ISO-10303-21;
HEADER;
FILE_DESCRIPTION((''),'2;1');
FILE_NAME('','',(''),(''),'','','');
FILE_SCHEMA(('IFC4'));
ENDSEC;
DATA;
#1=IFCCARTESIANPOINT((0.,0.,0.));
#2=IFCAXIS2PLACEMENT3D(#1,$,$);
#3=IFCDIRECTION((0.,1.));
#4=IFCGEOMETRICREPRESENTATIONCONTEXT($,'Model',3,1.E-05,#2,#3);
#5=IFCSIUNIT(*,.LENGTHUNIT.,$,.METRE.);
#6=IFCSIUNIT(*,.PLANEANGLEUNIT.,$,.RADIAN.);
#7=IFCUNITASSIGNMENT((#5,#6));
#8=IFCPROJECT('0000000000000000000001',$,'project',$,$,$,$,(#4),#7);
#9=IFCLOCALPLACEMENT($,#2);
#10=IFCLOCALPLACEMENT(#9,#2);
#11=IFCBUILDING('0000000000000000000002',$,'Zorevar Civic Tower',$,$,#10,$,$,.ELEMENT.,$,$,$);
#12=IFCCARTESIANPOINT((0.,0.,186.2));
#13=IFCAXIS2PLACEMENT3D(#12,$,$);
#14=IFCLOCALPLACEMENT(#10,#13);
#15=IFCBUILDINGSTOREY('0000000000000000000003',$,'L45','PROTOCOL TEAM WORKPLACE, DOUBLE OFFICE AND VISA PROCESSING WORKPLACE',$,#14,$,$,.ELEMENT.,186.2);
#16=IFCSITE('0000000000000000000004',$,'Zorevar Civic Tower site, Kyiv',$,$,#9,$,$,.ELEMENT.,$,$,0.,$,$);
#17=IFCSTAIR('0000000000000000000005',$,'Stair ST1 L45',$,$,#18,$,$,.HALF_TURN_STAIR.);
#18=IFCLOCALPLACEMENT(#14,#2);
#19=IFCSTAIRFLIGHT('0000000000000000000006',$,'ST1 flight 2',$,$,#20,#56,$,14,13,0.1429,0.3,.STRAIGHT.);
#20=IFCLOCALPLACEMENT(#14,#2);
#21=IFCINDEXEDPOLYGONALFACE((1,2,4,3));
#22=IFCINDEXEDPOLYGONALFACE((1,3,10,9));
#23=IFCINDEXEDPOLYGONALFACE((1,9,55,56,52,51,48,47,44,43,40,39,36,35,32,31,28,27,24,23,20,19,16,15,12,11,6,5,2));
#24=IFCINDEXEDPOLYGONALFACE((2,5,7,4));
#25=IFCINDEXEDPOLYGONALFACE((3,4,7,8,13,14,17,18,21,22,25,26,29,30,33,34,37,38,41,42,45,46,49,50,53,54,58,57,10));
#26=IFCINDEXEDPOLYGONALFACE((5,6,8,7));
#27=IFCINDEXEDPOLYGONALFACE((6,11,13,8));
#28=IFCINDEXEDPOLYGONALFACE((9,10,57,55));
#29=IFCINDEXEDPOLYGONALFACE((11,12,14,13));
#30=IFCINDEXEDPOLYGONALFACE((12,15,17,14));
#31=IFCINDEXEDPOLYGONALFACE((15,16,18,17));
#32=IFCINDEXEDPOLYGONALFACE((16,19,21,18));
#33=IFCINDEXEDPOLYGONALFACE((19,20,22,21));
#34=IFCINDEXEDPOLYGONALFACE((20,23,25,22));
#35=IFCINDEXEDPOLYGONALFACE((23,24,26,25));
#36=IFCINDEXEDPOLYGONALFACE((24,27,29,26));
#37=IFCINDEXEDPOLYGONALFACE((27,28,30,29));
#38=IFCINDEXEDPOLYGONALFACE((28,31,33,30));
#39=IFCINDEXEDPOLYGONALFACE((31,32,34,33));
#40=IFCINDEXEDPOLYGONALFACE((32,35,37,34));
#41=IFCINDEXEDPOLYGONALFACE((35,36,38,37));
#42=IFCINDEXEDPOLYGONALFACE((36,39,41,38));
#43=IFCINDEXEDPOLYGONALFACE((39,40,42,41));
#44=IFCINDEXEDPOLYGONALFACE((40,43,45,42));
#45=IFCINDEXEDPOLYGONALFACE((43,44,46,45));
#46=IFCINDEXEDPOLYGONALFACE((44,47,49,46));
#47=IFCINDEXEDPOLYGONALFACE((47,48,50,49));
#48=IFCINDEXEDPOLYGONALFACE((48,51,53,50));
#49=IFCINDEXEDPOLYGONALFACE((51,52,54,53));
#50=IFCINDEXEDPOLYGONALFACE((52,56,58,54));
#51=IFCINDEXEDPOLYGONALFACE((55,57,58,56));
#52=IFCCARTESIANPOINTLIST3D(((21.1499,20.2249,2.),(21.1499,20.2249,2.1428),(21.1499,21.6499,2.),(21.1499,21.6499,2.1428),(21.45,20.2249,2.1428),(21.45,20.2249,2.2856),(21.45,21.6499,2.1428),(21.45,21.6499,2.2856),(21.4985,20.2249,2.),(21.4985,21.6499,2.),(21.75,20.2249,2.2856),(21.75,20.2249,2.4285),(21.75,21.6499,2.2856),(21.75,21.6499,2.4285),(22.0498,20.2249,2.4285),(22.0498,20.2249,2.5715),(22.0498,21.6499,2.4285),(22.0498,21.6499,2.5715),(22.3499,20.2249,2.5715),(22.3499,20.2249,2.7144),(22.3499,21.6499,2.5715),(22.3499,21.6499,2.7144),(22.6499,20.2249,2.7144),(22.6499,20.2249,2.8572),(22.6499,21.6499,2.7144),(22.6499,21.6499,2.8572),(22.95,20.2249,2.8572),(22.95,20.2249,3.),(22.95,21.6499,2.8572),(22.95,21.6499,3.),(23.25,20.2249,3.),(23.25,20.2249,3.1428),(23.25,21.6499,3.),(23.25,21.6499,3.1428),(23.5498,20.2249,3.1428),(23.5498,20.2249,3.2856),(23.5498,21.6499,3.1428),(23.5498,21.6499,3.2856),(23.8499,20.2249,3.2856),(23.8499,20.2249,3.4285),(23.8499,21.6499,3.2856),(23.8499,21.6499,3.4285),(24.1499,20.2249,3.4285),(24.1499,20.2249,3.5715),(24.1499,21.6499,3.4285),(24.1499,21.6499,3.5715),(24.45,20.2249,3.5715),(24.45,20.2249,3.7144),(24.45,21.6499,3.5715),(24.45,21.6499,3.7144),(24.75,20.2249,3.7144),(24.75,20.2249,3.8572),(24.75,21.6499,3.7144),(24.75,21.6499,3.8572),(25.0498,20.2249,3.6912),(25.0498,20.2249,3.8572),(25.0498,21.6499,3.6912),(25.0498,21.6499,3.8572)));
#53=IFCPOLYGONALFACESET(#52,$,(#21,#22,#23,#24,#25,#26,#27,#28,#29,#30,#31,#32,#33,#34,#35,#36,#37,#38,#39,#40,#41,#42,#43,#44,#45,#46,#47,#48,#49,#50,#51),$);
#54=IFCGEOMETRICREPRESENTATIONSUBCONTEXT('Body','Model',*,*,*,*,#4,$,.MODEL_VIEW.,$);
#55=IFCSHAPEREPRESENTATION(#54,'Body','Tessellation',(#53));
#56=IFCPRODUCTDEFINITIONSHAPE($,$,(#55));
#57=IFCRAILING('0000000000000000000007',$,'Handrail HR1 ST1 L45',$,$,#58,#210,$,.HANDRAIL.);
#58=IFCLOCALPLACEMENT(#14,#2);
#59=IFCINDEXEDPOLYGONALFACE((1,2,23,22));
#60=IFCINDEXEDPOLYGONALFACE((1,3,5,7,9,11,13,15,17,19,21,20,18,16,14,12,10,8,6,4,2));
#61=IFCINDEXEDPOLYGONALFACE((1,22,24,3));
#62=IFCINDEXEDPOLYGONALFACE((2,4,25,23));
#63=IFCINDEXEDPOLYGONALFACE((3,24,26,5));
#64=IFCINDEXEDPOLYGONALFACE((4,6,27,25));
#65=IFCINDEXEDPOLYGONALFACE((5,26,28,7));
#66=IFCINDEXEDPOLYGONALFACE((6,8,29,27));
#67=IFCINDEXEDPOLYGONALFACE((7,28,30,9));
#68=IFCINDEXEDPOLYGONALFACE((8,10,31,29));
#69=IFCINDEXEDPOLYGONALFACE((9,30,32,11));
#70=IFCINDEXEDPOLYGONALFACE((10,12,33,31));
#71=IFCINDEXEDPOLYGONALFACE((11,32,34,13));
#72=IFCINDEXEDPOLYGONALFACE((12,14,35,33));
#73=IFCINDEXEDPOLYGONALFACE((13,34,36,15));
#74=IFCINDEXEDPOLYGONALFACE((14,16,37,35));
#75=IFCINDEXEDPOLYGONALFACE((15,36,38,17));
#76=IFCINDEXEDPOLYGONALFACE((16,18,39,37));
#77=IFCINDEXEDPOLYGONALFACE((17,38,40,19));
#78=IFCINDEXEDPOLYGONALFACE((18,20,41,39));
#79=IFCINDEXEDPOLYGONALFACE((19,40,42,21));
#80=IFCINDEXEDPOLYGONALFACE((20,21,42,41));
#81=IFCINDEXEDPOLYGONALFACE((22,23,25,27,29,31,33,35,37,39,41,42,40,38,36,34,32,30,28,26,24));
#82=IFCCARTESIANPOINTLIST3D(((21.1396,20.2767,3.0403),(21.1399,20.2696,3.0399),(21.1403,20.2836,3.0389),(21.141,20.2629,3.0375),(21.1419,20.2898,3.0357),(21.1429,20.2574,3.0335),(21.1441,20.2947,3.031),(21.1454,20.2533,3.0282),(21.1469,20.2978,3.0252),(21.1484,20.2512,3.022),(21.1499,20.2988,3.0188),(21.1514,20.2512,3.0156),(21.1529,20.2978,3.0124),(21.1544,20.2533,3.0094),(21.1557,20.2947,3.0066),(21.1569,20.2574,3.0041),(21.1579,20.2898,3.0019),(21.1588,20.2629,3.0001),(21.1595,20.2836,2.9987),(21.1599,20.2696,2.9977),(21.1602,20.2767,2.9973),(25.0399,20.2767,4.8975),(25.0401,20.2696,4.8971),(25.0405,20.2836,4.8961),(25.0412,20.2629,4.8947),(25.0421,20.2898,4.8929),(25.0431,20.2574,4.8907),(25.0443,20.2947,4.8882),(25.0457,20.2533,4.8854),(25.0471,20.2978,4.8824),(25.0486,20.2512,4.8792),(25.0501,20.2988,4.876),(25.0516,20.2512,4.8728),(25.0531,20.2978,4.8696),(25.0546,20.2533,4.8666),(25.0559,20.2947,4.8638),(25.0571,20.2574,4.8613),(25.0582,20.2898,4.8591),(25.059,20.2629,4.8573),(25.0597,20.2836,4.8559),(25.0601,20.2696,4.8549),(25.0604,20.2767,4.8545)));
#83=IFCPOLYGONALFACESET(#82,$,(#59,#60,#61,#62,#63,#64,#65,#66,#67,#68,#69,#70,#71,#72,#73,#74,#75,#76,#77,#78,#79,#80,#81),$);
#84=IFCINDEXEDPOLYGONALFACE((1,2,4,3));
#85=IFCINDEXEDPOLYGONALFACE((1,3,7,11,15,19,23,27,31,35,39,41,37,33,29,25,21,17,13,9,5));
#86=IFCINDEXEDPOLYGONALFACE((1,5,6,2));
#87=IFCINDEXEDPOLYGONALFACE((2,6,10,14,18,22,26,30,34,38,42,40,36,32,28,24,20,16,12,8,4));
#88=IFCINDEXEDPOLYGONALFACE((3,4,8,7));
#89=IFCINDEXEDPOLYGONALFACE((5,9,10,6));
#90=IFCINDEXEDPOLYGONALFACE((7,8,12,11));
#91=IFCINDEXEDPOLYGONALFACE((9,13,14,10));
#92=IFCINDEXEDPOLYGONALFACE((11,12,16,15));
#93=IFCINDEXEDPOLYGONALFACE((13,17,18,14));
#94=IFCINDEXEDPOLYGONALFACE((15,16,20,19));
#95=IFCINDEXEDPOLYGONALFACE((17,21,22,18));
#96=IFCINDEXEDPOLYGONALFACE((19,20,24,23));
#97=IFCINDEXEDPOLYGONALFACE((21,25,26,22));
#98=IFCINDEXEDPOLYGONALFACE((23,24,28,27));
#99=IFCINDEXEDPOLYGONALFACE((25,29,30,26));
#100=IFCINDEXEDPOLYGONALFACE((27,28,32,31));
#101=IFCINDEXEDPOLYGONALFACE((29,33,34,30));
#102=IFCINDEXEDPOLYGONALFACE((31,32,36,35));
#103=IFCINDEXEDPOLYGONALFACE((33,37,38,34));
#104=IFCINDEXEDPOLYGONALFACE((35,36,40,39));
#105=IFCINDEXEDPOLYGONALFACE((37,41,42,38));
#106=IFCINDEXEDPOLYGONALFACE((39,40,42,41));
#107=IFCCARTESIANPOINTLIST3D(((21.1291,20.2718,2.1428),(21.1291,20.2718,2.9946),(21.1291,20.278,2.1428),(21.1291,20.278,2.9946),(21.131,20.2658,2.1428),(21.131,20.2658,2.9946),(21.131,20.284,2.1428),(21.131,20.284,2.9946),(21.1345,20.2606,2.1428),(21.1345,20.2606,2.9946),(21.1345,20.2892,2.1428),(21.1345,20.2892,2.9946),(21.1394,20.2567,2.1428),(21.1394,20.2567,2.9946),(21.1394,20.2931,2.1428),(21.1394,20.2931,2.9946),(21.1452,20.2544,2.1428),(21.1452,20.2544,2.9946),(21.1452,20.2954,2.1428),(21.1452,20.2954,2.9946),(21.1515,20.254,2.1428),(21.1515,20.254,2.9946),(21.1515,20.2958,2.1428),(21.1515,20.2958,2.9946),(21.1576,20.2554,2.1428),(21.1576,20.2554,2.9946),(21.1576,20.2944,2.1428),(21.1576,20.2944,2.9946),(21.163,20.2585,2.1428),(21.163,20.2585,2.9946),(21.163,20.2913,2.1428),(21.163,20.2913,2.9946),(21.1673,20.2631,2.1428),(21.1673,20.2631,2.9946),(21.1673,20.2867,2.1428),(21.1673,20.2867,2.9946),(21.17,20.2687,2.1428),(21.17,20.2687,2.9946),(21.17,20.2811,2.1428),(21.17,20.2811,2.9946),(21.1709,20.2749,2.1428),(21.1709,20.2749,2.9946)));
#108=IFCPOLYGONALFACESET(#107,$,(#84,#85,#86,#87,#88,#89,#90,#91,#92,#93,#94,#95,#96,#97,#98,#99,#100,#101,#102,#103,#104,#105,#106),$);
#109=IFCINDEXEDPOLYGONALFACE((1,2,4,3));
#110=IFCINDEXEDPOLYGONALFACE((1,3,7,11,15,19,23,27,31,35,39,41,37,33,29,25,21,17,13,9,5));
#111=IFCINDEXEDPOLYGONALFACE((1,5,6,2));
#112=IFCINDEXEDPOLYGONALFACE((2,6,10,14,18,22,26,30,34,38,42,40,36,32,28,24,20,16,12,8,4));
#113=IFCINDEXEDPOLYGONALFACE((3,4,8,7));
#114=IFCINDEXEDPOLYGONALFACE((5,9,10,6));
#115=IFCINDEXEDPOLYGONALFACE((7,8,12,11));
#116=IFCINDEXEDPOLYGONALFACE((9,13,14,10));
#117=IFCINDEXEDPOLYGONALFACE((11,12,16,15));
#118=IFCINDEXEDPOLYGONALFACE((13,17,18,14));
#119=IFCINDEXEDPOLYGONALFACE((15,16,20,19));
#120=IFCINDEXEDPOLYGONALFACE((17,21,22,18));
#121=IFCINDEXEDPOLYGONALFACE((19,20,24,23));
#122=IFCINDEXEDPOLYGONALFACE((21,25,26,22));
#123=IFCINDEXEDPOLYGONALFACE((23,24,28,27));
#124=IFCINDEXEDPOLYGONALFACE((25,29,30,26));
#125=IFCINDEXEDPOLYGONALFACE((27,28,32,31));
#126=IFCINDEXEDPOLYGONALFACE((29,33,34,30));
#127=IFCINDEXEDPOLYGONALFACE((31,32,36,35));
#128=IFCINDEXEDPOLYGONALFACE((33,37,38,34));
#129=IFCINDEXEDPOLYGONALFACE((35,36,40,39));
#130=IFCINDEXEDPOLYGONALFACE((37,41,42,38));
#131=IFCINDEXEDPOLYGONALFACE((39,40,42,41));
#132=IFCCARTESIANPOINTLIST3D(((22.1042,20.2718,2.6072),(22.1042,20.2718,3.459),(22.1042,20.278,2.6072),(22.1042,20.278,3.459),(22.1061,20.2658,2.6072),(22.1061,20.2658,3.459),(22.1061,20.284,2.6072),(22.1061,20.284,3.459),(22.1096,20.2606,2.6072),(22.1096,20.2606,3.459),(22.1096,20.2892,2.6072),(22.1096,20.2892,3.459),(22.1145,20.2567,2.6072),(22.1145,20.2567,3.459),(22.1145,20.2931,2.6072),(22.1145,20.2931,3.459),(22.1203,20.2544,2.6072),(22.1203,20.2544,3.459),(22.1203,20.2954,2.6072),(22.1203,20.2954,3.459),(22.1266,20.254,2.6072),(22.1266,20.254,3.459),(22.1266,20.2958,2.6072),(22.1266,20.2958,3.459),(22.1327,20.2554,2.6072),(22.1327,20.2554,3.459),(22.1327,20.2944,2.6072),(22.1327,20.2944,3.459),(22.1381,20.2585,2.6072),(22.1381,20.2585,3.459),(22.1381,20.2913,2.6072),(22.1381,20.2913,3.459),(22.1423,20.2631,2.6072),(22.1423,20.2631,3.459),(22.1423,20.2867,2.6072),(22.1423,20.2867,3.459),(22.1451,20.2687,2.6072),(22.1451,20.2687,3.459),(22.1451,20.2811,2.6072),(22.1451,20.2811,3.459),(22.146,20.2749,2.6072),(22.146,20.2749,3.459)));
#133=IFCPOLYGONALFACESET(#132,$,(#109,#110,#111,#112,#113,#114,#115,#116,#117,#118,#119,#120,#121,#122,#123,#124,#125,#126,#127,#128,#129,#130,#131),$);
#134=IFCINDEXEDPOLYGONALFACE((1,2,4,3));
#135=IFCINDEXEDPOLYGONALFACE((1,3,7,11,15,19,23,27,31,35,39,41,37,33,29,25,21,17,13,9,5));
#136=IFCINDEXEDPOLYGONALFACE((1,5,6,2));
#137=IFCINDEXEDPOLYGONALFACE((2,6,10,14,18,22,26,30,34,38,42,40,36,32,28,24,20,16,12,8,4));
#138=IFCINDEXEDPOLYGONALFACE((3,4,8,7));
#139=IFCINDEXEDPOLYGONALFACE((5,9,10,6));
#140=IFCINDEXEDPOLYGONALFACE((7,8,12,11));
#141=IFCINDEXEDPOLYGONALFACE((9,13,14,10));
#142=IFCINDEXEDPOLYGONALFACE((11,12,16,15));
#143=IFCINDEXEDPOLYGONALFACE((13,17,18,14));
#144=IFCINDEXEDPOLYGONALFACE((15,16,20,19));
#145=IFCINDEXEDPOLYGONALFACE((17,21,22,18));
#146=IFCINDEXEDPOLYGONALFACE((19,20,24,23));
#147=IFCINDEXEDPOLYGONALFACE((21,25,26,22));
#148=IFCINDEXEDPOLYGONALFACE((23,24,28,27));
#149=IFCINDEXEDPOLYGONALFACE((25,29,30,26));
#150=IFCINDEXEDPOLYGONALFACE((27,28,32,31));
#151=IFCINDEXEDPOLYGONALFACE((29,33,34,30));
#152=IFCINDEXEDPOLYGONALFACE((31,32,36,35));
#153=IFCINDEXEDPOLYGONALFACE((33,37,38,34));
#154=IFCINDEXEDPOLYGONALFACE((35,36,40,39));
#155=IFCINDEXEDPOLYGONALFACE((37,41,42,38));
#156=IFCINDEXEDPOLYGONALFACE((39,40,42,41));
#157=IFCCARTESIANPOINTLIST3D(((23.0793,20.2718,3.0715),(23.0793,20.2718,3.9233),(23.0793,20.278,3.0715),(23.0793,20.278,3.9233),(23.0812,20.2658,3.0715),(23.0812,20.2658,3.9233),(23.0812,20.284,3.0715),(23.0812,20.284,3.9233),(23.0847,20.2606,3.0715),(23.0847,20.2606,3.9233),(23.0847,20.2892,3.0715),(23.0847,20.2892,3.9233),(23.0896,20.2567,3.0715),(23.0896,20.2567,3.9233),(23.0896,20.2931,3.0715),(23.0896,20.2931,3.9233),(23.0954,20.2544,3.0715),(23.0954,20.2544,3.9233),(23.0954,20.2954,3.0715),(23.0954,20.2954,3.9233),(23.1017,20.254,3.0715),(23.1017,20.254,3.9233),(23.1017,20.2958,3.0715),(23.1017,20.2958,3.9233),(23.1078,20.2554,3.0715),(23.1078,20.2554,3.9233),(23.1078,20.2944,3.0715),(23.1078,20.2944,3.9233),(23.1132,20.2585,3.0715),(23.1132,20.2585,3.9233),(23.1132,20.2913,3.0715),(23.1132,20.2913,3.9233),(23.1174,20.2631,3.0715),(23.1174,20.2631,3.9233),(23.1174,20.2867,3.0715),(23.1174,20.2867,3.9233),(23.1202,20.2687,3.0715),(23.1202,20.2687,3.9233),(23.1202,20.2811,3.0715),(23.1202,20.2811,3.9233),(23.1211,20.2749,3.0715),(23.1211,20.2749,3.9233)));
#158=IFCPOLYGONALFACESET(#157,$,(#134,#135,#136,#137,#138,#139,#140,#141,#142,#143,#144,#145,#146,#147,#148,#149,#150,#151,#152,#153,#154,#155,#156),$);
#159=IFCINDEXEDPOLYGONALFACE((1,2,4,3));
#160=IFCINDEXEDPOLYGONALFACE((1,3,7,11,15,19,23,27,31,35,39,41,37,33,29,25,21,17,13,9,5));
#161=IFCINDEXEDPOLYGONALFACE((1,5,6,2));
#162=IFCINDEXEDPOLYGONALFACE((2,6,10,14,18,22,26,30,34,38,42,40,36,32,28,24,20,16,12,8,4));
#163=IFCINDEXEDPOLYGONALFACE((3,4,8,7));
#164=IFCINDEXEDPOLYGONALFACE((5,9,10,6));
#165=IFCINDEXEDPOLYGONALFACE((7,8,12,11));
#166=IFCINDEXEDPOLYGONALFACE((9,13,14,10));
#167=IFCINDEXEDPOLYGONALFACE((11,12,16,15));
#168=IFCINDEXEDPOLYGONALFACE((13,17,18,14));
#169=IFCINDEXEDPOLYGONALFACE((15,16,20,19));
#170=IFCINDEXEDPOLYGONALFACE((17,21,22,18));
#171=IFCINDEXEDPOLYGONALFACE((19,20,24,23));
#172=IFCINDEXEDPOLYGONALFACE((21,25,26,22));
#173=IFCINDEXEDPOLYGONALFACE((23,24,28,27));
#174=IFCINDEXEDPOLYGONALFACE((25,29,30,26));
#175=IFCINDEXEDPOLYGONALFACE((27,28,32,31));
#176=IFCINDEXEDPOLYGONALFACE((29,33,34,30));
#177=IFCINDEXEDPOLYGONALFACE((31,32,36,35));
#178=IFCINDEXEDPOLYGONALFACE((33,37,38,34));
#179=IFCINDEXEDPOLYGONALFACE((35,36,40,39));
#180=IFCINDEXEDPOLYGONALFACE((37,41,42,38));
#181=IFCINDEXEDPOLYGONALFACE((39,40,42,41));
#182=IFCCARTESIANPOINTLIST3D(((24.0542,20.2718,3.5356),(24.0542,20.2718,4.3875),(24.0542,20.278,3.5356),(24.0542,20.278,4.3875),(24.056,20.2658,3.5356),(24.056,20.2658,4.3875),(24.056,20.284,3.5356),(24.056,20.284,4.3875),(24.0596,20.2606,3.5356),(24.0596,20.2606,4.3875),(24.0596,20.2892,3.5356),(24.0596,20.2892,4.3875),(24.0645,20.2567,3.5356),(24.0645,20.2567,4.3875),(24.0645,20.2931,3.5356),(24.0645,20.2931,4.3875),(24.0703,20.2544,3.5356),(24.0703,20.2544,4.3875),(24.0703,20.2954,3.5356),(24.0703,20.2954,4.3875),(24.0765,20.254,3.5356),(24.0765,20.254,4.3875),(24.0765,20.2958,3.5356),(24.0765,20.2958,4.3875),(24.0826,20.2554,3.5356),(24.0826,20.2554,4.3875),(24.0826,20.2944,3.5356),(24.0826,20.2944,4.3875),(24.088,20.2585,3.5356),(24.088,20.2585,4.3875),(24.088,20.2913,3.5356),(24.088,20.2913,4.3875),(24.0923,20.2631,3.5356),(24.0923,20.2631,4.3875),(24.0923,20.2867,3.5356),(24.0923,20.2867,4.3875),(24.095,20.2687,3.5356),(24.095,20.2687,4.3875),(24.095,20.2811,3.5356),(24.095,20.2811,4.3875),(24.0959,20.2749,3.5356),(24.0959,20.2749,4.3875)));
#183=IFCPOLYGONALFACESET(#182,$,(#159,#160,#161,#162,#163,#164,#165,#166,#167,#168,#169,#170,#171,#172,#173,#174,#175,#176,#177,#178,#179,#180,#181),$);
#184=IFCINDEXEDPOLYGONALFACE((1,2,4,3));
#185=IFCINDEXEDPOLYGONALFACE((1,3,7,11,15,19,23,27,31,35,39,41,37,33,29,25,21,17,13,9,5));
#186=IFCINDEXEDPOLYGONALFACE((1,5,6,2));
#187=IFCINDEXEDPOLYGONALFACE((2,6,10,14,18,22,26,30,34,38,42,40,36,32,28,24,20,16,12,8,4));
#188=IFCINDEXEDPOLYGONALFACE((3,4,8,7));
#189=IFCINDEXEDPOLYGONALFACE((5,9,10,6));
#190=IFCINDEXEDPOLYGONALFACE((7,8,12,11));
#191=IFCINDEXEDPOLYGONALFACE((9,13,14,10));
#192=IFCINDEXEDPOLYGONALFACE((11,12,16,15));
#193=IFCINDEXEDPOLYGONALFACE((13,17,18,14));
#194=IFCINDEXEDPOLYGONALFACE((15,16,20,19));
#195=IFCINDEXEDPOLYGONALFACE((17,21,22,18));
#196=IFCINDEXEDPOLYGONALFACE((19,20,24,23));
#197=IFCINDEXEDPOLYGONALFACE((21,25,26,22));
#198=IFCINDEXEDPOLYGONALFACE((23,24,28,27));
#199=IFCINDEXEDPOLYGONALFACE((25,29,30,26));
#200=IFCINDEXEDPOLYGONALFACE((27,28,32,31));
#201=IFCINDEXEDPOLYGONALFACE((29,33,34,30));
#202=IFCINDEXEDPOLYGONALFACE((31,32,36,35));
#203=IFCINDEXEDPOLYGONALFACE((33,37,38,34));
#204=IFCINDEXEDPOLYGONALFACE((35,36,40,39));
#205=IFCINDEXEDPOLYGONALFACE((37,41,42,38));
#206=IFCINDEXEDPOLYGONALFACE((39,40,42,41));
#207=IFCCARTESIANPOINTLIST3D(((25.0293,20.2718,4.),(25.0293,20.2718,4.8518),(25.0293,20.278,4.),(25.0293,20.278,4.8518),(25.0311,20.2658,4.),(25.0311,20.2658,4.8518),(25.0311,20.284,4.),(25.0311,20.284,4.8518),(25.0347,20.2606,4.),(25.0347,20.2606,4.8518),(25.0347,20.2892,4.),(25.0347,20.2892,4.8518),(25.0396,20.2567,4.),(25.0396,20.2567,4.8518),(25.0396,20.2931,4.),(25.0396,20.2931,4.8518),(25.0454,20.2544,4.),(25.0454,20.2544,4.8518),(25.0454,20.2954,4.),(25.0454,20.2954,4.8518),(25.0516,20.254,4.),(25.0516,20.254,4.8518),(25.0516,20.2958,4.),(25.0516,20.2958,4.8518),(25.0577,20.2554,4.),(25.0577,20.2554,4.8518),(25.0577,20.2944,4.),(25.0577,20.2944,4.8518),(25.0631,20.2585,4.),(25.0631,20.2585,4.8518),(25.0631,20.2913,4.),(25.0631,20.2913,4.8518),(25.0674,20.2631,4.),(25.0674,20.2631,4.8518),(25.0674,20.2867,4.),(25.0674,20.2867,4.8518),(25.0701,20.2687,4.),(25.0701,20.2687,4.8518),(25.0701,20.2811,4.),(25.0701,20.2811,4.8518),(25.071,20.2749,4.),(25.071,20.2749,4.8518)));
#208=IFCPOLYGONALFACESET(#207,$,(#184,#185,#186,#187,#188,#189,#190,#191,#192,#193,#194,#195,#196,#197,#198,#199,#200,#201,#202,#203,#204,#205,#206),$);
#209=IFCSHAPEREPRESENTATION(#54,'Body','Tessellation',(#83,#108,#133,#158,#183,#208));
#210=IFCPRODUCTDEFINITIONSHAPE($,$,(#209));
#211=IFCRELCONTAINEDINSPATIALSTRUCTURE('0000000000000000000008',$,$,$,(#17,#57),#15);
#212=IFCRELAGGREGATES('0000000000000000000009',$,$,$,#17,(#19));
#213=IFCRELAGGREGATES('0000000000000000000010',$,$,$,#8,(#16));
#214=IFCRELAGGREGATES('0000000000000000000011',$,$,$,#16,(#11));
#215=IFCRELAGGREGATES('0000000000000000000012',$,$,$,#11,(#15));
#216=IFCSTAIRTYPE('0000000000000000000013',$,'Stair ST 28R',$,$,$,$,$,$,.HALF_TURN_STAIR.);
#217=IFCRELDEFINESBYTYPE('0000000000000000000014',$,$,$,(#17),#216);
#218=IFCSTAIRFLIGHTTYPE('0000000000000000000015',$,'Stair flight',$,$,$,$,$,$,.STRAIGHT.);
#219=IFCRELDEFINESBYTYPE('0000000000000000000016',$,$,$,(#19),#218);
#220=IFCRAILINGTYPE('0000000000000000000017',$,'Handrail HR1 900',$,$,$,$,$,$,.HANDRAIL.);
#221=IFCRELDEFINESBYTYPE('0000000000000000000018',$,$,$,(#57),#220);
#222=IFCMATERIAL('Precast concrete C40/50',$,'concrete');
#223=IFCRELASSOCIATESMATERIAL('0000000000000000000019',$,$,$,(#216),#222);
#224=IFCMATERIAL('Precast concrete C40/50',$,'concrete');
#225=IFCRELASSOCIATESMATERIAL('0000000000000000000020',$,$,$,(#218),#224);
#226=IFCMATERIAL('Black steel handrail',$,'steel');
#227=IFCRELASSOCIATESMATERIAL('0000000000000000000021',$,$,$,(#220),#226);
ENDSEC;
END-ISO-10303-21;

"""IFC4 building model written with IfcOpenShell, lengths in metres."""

from ifc_helpers import new_model, si_unit, direction, frame, origin, origin_2d, place, context, subcontext, project, spatial, polyline, circle, outline, extrude, material, type_object, element, aggregate, save


model = new_model("IFC4")

# Units and contexts
model_context = context("Model", 3, precision=1e-05, world=origin(), true_north=direction((0.0, 1.0)))
body_context = subcontext(model_context, "Body", "Model", "MODEL_VIEW")
ifc_project = project(units=[si_unit("LENGTHUNIT", "METRE"), si_unit("PLANEANGLEUNIT", "RADIAN")], contexts=[model_context])

# Site, building, storey
site_placement = place(None, origin())
site = spatial("IfcSite", under=ifc_project, at=site_placement, Name="Zorevar Civic Tower site, Kyiv", CompositionType="ELEMENT", RefElevation=0.0)
building_placement = place(site_placement, origin())
building = spatial("IfcBuilding", under=site, at=building_placement, Name="Zorevar Civic Tower", CompositionType="ELEMENT")
storey_placement = place(building_placement, frame((0.0, 0.0, 186.2)))
storey = spatial("IfcBuildingStorey", under=building, at=storey_placement, Name="L45", Description="PROTOCOL TEAM WORKPLACE, DOUBLE OFFICE AND VISA PROCESSING WORKPLACE", CompositionType="ELEMENT", Elevation=186.2)

# Stair, stair flight
ifc_material_1 = material(Name="Precast concrete C40/50", Category="concrete")
stair_type = type_object("IfcStairType", Name="Stair ST 28R", PredefinedType="HALF_TURN_STAIR", material=ifc_material_1)
stair_placement = place(storey_placement, origin())
stair = element("IfcStair", 1, at=stair_placement, inside=storey, type_object=stair_type, Name="Stair ST1 L45", PredefinedType="HALF_TURN_STAIR")
ifc_material_2 = material(Name="Precast concrete C40/50", Category="concrete")
stair_flight_type = type_object("IfcStairFlightType", Name="Stair flight", PredefinedType="STRAIGHT", material=ifc_material_2)
stair_flight_placement = place(storey_placement, frame((21.1499, 20.9375, 2.0), z_axis=(0.0, 0.0, 1.0), x_axis=(1.0, 0.0, 0.0)))
stair_flight = element("IfcStairFlight", 2, at=stair_flight_placement, type_object=stair_flight_type, Name="ST1 flight 2", NumberOfRisers=14, NumberOfTreads=13, PredefinedType="STRAIGHT", RiserHeight=0.1429, TreadLength=0.3, context=body_context, shape_type="SweptSolid", body=[
    extrude(outline(polyline([(0.0, 0.0), (0.0, 0.1428), (0.3, 0.1428), (0.3, 0.2856), (0.6001, 0.2856), (0.6001, 0.4285), (0.8999, 0.4285), (0.8999, 0.5715), (1.2, 0.5715), (1.2, 0.7144), (1.5, 0.7144), (1.5, 0.8572), (1.8, 0.8572), (1.8, 1.0), (2.1001, 1.0), (2.1001, 1.1428), (2.3999, 1.1428), (2.3999, 1.2856), (2.7, 1.2856), (2.7, 1.4285), (3.0, 1.4285), (3.0, 1.5715), (3.3, 1.5715), (3.3, 1.7144), (3.6001, 1.7144), (3.6001, 1.8572), (3.8999, 1.8572), (3.8999, 2.0), (3.8999, 1.6912), (0.3486, 0.0), (0.0, 0.0)])), frame((0.0, 0.7124, 0.0), z_axis=(0.0, -1.0, 0.0), x_axis=(1.0, 0.0, 0.0)), (0.0, 0.0, 1.0), 1.425),
])
aggregate(stair, [stair_flight])

# Railing
ifc_material_3 = material(Name="Black steel handrail", Category="steel")
railing_type = type_object("IfcRailingType", Name="Handrail HR1 900", PredefinedType="HANDRAIL", material=ifc_material_3)
railing_placement = place(storey_placement, frame((21.1499, 20.2749, 2.1428)))
element("IfcRailing", 3, at=railing_placement, inside=storey, type_object=railing_type, Name="Handrail HR1 ST1 L45", PredefinedType="HANDRAIL", context=body_context, shape_type="SweptSolid", body=[
    extrude(circle(Radius=0.0239, at=origin_2d()), frame((0.0, 0.0, 0.876), z_axis=(0.902864, 0.0, 0.429927), x_axis=(0.0, 1.0, 0.0)), (0.0, 0.0, 1.0), 4.3198),
    extrude(circle(Radius=0.021, at=origin_2d()), origin(), (0.0, 0.0, 1.0), 0.8518),
    extrude(circle(Radius=0.021, at=origin_2d()), frame((0.9751, 0.0, 0.4644)), (0.0, 0.0, 1.0), 0.8518),
    extrude(circle(Radius=0.021, at=origin_2d()), frame((1.9502, 0.0, 0.9287)), (0.0, 0.0, 1.0), 0.8518),
    extrude(circle(Radius=0.021, at=origin_2d()), frame((2.925, 0.0, 1.3928)), (0.0, 0.0, 1.0), 0.8518),
    extrude(circle(Radius=0.021, at=origin_2d()), frame((3.9001, 0.0, 1.8572)), (0.0, 0.0, 1.0), 0.8518),
])

save(model, "model.ifc")
